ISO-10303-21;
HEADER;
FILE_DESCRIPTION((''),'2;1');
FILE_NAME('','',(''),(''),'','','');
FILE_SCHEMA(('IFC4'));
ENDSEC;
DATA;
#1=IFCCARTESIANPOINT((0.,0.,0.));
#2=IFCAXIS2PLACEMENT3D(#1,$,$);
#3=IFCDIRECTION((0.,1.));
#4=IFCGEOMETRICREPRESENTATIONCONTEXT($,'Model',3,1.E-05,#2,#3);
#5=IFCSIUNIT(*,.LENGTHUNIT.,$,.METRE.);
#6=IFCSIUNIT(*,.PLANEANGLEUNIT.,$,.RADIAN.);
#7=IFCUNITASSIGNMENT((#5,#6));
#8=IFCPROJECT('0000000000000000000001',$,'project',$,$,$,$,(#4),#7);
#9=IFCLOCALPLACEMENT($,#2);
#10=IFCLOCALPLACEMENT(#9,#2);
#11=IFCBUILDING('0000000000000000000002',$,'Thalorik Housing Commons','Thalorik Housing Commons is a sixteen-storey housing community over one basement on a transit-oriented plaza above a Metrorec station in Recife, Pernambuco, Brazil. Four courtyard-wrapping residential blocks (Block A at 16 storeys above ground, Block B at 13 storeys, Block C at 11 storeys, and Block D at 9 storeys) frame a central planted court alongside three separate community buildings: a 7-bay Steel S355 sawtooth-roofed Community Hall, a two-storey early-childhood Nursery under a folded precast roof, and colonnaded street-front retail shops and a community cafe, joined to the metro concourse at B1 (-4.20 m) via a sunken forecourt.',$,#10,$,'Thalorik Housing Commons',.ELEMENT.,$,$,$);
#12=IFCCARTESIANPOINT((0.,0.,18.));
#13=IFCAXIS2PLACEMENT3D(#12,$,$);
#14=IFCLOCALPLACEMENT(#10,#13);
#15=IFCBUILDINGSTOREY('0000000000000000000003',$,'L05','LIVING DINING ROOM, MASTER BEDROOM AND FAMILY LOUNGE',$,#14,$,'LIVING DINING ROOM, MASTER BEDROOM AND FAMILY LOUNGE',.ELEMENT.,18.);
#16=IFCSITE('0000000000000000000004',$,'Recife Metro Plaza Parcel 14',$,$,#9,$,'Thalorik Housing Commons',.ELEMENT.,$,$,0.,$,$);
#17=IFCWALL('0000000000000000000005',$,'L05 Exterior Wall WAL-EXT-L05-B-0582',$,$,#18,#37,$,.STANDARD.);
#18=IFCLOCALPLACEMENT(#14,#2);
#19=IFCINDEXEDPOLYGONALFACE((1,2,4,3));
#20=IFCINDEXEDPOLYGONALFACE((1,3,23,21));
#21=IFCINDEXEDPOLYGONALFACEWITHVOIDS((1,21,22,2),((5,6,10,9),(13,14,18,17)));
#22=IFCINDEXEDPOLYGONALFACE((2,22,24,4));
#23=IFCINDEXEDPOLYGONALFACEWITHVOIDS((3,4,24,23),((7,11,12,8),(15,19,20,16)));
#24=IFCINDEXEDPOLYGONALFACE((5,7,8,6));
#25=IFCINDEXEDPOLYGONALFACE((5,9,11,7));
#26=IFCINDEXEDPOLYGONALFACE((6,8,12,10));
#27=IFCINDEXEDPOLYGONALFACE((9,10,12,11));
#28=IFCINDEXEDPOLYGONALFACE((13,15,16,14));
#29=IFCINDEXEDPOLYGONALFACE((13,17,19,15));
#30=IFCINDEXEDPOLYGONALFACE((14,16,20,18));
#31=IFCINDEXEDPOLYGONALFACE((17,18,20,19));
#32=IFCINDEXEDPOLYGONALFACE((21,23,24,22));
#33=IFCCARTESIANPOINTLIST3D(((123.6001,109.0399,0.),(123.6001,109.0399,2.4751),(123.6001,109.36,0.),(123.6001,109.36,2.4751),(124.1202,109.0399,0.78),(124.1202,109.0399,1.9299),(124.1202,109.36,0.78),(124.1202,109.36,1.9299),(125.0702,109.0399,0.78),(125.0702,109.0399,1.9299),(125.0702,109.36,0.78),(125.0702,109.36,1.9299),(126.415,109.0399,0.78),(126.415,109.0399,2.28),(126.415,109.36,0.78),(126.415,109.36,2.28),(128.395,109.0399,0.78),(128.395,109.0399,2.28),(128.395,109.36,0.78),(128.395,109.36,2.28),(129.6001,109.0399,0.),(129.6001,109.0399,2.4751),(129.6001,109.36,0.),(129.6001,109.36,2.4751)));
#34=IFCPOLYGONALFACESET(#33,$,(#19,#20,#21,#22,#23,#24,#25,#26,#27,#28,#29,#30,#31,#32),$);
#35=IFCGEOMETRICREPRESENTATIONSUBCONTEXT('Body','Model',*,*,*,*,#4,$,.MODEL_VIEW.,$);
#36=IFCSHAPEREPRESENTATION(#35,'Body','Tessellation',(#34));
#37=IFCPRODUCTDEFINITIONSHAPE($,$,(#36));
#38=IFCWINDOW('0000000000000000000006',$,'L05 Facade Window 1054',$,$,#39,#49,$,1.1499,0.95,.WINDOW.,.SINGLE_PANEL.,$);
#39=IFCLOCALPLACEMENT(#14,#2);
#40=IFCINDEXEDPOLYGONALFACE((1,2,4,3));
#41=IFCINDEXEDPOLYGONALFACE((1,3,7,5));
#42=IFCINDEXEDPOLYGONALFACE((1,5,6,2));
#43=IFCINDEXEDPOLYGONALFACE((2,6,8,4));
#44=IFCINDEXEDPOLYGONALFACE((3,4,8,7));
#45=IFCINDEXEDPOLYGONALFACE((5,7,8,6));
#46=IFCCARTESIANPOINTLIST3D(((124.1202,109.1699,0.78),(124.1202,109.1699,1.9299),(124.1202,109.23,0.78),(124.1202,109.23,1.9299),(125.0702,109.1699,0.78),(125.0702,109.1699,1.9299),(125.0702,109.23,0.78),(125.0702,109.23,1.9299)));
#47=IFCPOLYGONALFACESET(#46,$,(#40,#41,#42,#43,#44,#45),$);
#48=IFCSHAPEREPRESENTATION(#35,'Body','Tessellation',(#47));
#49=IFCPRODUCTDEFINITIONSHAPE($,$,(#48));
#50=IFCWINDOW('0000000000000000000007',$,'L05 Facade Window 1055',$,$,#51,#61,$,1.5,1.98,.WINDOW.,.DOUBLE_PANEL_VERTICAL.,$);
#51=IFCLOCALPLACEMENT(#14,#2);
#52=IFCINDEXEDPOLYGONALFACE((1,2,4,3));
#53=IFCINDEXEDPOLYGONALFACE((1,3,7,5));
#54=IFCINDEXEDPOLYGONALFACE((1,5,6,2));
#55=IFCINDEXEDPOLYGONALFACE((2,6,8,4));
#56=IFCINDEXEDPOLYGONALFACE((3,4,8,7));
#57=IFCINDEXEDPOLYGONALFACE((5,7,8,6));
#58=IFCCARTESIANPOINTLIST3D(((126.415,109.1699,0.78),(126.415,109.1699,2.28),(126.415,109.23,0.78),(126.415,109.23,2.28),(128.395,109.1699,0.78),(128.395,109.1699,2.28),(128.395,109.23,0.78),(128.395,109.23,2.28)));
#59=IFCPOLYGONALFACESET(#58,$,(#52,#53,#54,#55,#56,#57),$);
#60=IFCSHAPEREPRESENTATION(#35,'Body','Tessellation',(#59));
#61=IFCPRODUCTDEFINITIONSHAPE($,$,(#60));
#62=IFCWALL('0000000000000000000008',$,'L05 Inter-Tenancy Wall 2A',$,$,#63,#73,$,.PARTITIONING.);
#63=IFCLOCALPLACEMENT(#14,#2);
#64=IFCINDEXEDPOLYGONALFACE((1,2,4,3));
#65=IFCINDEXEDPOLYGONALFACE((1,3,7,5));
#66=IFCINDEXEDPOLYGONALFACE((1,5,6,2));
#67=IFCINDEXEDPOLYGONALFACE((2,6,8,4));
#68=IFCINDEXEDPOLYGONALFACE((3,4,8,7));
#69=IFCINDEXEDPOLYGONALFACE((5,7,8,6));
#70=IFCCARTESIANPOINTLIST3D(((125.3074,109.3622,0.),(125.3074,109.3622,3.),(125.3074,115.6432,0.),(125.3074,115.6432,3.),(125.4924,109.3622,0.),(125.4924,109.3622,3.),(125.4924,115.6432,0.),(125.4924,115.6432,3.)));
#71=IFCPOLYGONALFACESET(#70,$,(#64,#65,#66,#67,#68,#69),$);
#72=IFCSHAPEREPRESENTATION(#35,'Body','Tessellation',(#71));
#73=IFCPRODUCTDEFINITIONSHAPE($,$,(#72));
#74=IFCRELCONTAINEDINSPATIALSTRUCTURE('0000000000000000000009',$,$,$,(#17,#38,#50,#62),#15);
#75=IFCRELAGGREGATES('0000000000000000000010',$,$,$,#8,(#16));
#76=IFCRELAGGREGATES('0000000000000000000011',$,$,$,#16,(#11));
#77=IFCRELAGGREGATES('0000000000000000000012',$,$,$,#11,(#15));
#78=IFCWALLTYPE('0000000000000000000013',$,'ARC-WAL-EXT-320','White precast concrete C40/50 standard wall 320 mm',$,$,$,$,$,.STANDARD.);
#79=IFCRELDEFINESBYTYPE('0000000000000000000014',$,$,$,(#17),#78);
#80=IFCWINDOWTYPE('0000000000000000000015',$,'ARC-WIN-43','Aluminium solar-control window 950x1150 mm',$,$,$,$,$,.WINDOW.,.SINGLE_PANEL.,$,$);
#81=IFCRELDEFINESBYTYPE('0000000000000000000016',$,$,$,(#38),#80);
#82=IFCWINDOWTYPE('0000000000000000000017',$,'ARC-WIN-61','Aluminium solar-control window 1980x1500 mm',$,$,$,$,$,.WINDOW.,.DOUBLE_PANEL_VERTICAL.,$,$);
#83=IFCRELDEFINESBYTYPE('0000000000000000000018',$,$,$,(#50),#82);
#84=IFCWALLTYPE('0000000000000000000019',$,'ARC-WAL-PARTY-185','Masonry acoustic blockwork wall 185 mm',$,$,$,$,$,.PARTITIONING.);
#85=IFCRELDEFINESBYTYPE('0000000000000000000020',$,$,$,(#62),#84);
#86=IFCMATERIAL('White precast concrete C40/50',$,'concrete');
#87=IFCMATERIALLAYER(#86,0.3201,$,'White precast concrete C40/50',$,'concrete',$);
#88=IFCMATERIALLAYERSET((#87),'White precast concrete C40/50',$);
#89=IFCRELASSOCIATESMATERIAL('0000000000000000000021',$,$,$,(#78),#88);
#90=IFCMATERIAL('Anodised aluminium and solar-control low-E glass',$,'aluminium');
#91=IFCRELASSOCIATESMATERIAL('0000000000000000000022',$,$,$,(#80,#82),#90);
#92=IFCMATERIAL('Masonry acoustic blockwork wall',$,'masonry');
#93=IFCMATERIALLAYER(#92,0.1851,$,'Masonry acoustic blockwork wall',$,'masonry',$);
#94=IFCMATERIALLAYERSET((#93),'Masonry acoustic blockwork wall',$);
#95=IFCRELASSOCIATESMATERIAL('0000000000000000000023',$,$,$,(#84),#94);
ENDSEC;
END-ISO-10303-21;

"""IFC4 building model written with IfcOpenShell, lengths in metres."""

from ifc_helpers import new_model, si_unit, direction, frame, frame_2d, origin, place, context, subcontext, project, spatial, rectangle, extrude, material, layer, layer_set, type_object, element, fill, save


model = new_model("IFC4")

# Units and contexts
model_context = context("Model", 3, precision=1e-05, world=origin(), true_north=direction((0.0, 1.0)))
body_context = subcontext(model_context, "Body", "Model", "MODEL_VIEW")
ifc_project = project(units=[si_unit("LENGTHUNIT", "METRE"), si_unit("PLANEANGLEUNIT", "RADIAN")], contexts=[model_context])

# Site, building, storey
site_placement = place(None, origin())
site = spatial("IfcSite", under=ifc_project, at=site_placement, Name="Recife Metro Plaza Parcel 14", LongName="Thalorik Housing Commons", CompositionType="ELEMENT", RefElevation=0.0)
building_placement = place(site_placement, origin())
building = spatial("IfcBuilding", under=site, at=building_placement, Name="Thalorik Housing Commons", Description="Thalorik Housing Commons is a sixteen-storey housing community over one basement on a transit-oriented plaza above a Metrorec station in Recife, Pernambuco, Brazil. Four courtyard-wrapping residential blocks (Block A at 16 storeys above ground, Block B at 13 storeys, Block C at 11 storeys, and Block D at 9 storeys) frame a central planted court alongside three separate community buildings: a 7-bay Steel S355 sawtooth-roofed Community Hall, a two-storey early-childhood Nursery under a folded precast roof, and colonnaded street-front retail shops and a community cafe, joined to the metro concourse at B1 (-4.20 m) via a sunken forecourt.", LongName="Thalorik Housing Commons", CompositionType="ELEMENT")
storey_placement = place(building_placement, frame((0.0, 0.0, 18.0)))
storey = spatial("IfcBuildingStorey", under=building, at=storey_placement, Name="L05", Description="LIVING DINING ROOM, MASTER BEDROOM AND FAMILY LOUNGE", LongName="LIVING DINING ROOM, MASTER BEDROOM AND FAMILY LOUNGE", CompositionType="ELEMENT", Elevation=18.0)

# Wall, openings, windows
ifc_material_1 = material(Name="White precast concrete C40/50", Category="concrete")
ifc_layer_1 = layer(ifc_material_1, 0.3201, Name="White precast concrete C40/50", Category="concrete")
ifc_layer_set_1 = layer_set([ifc_layer_1], Name="White precast concrete C40/50")
wall_type_1 = type_object("IfcWallType", Name="ARC-WAL-EXT-320", Description="White precast concrete C40/50 standard wall 320 mm", PredefinedType="STANDARD", material=ifc_layer_set_1)
ifc_material_2 = material(Name="Anodised aluminium and solar-control low-E glass", Category="aluminium")
wall_1_placement = place(storey_placement, frame((123.6001, 109.2, 0.0), z_axis=(0.0, 0.0, 1.0), x_axis=(1.0, 0.0, 0.0)))
wall_1 = element("IfcWall", 1, at=wall_1_placement, inside=storey, type_object=wall_type_1, Name="L05 Exterior Wall WAL-EXT-L05-B-0582", PredefinedType="STANDARD", context=body_context, shape_type="SweptSolid", body=[
    extrude(rectangle(XDim=6.0, YDim=0.3201, at=frame_2d((3.0, 0.0))), origin(), (0.0, 0.0, 1.0), 2.4751),
])
opening_1_placement = place(wall_1_placement, frame((0.52, 0.0, 0.78)))
opening_1 = element("IfcOpeningElement", 2, at=opening_1_placement, cuts=wall_1, PredefinedType="OPENING", context=body_context, shape_type="SweptSolid", body=[
    extrude(rectangle(XDim=0.95, YDim=1.1499, at=frame_2d((0.4751, 0.575))), frame((0.0, 0.1699, 0.0), z_axis=(0.0, -1.0, 0.0), x_axis=(1.0, 0.0, 0.0)), (0.0, 0.0, 1.0), 0.3401),
])
opening_2_placement = place(wall_1_placement, frame((2.8149, 0.0, 0.78)))
opening_2 = element("IfcOpeningElement", 3, at=opening_2_placement, cuts=wall_1, PredefinedType="OPENING", context=body_context, shape_type="SweptSolid", body=[
    extrude(rectangle(XDim=1.98, YDim=1.5, at=frame_2d((0.99, 0.75))), frame((0.0, 0.1699, 0.0), z_axis=(0.0, -1.0, 0.0), x_axis=(1.0, 0.0, 0.0)), (0.0, 0.0, 1.0), 0.3401),
])
window_type_1 = type_object("IfcWindowType", Name="ARC-WIN-43", Description="Aluminium solar-control window 950x1150 mm", PartitioningType="SINGLE_PANEL", PredefinedType="WINDOW", material=ifc_material_2)
window_1_placement = place(opening_1_placement, origin())
window_1 = element("IfcWindow", 4, at=window_1_placement, inside=storey, type_object=window_type_1, Name="L05 Facade Window 1054", OverallHeight=1.1499, OverallWidth=0.95, PartitioningType="SINGLE_PANEL", PredefinedType="WINDOW", context=body_context, shape_type="SweptSolid", body=[
    extrude(rectangle(XDim=0.95, YDim=1.1499, at=frame_2d((0.4751, 0.575))), frame((0.0, 0.03, 0.0), z_axis=(0.0, -1.0, 0.0), x_axis=(1.0, 0.0, 0.0)), (0.0, 0.0, 1.0), 0.0601),
])
fill(opening_1, window_1)
window_type_2 = type_object("IfcWindowType", Name="ARC-WIN-61", Description="Aluminium solar-control window 1980x1500 mm", PartitioningType="DOUBLE_PANEL_VERTICAL", PredefinedType="WINDOW", material=ifc_material_2)
window_2_placement = place(opening_2_placement, origin())
window_2 = element("IfcWindow", 5, at=window_2_placement, inside=storey, type_object=window_type_2, Name="L05 Facade Window 1055", OverallHeight=1.5, OverallWidth=1.98, PartitioningType="DOUBLE_PANEL_VERTICAL", PredefinedType="WINDOW", context=body_context, shape_type="SweptSolid", body=[
    extrude(rectangle(XDim=1.98, YDim=1.5, at=frame_2d((0.99, 0.75))), frame((0.0, 0.03, 0.0), z_axis=(0.0, -1.0, 0.0), x_axis=(1.0, 0.0, 0.0)), (0.0, 0.0, 1.0), 0.0601),
])
fill(opening_2, window_2)

# Wall
ifc_material_3 = material(Name="Masonry acoustic blockwork wall", Category="masonry")
ifc_layer_2 = layer(ifc_material_3, 0.1851, Name="Masonry acoustic blockwork wall", Category="masonry")
ifc_layer_set_2 = layer_set([ifc_layer_2], Name="Masonry acoustic blockwork wall")
wall_type_2 = type_object("IfcWallType", Name="ARC-WAL-PARTY-185", Description="Masonry acoustic blockwork wall 185 mm", PredefinedType="PARTITIONING", material=ifc_layer_set_2)
wall_2_placement = place(storey_placement, frame((125.3999, 109.3621, 0.0), z_axis=(0.0, 0.0, 1.0), x_axis=(0.0, 1.0, 0.0)))
element("IfcWall", 6, at=wall_2_placement, inside=storey, type_object=wall_type_2, Name="L05 Inter-Tenancy Wall 2A", PredefinedType="PARTITIONING", context=body_context, shape_type="SweptSolid", body=[
    extrude(rectangle(XDim=6.281, YDim=0.1851, at=frame_2d((3.1406, 0.0))), origin(), (0.0, 0.0, 1.0), 3.0),
])

save(model, "model.ifc")
